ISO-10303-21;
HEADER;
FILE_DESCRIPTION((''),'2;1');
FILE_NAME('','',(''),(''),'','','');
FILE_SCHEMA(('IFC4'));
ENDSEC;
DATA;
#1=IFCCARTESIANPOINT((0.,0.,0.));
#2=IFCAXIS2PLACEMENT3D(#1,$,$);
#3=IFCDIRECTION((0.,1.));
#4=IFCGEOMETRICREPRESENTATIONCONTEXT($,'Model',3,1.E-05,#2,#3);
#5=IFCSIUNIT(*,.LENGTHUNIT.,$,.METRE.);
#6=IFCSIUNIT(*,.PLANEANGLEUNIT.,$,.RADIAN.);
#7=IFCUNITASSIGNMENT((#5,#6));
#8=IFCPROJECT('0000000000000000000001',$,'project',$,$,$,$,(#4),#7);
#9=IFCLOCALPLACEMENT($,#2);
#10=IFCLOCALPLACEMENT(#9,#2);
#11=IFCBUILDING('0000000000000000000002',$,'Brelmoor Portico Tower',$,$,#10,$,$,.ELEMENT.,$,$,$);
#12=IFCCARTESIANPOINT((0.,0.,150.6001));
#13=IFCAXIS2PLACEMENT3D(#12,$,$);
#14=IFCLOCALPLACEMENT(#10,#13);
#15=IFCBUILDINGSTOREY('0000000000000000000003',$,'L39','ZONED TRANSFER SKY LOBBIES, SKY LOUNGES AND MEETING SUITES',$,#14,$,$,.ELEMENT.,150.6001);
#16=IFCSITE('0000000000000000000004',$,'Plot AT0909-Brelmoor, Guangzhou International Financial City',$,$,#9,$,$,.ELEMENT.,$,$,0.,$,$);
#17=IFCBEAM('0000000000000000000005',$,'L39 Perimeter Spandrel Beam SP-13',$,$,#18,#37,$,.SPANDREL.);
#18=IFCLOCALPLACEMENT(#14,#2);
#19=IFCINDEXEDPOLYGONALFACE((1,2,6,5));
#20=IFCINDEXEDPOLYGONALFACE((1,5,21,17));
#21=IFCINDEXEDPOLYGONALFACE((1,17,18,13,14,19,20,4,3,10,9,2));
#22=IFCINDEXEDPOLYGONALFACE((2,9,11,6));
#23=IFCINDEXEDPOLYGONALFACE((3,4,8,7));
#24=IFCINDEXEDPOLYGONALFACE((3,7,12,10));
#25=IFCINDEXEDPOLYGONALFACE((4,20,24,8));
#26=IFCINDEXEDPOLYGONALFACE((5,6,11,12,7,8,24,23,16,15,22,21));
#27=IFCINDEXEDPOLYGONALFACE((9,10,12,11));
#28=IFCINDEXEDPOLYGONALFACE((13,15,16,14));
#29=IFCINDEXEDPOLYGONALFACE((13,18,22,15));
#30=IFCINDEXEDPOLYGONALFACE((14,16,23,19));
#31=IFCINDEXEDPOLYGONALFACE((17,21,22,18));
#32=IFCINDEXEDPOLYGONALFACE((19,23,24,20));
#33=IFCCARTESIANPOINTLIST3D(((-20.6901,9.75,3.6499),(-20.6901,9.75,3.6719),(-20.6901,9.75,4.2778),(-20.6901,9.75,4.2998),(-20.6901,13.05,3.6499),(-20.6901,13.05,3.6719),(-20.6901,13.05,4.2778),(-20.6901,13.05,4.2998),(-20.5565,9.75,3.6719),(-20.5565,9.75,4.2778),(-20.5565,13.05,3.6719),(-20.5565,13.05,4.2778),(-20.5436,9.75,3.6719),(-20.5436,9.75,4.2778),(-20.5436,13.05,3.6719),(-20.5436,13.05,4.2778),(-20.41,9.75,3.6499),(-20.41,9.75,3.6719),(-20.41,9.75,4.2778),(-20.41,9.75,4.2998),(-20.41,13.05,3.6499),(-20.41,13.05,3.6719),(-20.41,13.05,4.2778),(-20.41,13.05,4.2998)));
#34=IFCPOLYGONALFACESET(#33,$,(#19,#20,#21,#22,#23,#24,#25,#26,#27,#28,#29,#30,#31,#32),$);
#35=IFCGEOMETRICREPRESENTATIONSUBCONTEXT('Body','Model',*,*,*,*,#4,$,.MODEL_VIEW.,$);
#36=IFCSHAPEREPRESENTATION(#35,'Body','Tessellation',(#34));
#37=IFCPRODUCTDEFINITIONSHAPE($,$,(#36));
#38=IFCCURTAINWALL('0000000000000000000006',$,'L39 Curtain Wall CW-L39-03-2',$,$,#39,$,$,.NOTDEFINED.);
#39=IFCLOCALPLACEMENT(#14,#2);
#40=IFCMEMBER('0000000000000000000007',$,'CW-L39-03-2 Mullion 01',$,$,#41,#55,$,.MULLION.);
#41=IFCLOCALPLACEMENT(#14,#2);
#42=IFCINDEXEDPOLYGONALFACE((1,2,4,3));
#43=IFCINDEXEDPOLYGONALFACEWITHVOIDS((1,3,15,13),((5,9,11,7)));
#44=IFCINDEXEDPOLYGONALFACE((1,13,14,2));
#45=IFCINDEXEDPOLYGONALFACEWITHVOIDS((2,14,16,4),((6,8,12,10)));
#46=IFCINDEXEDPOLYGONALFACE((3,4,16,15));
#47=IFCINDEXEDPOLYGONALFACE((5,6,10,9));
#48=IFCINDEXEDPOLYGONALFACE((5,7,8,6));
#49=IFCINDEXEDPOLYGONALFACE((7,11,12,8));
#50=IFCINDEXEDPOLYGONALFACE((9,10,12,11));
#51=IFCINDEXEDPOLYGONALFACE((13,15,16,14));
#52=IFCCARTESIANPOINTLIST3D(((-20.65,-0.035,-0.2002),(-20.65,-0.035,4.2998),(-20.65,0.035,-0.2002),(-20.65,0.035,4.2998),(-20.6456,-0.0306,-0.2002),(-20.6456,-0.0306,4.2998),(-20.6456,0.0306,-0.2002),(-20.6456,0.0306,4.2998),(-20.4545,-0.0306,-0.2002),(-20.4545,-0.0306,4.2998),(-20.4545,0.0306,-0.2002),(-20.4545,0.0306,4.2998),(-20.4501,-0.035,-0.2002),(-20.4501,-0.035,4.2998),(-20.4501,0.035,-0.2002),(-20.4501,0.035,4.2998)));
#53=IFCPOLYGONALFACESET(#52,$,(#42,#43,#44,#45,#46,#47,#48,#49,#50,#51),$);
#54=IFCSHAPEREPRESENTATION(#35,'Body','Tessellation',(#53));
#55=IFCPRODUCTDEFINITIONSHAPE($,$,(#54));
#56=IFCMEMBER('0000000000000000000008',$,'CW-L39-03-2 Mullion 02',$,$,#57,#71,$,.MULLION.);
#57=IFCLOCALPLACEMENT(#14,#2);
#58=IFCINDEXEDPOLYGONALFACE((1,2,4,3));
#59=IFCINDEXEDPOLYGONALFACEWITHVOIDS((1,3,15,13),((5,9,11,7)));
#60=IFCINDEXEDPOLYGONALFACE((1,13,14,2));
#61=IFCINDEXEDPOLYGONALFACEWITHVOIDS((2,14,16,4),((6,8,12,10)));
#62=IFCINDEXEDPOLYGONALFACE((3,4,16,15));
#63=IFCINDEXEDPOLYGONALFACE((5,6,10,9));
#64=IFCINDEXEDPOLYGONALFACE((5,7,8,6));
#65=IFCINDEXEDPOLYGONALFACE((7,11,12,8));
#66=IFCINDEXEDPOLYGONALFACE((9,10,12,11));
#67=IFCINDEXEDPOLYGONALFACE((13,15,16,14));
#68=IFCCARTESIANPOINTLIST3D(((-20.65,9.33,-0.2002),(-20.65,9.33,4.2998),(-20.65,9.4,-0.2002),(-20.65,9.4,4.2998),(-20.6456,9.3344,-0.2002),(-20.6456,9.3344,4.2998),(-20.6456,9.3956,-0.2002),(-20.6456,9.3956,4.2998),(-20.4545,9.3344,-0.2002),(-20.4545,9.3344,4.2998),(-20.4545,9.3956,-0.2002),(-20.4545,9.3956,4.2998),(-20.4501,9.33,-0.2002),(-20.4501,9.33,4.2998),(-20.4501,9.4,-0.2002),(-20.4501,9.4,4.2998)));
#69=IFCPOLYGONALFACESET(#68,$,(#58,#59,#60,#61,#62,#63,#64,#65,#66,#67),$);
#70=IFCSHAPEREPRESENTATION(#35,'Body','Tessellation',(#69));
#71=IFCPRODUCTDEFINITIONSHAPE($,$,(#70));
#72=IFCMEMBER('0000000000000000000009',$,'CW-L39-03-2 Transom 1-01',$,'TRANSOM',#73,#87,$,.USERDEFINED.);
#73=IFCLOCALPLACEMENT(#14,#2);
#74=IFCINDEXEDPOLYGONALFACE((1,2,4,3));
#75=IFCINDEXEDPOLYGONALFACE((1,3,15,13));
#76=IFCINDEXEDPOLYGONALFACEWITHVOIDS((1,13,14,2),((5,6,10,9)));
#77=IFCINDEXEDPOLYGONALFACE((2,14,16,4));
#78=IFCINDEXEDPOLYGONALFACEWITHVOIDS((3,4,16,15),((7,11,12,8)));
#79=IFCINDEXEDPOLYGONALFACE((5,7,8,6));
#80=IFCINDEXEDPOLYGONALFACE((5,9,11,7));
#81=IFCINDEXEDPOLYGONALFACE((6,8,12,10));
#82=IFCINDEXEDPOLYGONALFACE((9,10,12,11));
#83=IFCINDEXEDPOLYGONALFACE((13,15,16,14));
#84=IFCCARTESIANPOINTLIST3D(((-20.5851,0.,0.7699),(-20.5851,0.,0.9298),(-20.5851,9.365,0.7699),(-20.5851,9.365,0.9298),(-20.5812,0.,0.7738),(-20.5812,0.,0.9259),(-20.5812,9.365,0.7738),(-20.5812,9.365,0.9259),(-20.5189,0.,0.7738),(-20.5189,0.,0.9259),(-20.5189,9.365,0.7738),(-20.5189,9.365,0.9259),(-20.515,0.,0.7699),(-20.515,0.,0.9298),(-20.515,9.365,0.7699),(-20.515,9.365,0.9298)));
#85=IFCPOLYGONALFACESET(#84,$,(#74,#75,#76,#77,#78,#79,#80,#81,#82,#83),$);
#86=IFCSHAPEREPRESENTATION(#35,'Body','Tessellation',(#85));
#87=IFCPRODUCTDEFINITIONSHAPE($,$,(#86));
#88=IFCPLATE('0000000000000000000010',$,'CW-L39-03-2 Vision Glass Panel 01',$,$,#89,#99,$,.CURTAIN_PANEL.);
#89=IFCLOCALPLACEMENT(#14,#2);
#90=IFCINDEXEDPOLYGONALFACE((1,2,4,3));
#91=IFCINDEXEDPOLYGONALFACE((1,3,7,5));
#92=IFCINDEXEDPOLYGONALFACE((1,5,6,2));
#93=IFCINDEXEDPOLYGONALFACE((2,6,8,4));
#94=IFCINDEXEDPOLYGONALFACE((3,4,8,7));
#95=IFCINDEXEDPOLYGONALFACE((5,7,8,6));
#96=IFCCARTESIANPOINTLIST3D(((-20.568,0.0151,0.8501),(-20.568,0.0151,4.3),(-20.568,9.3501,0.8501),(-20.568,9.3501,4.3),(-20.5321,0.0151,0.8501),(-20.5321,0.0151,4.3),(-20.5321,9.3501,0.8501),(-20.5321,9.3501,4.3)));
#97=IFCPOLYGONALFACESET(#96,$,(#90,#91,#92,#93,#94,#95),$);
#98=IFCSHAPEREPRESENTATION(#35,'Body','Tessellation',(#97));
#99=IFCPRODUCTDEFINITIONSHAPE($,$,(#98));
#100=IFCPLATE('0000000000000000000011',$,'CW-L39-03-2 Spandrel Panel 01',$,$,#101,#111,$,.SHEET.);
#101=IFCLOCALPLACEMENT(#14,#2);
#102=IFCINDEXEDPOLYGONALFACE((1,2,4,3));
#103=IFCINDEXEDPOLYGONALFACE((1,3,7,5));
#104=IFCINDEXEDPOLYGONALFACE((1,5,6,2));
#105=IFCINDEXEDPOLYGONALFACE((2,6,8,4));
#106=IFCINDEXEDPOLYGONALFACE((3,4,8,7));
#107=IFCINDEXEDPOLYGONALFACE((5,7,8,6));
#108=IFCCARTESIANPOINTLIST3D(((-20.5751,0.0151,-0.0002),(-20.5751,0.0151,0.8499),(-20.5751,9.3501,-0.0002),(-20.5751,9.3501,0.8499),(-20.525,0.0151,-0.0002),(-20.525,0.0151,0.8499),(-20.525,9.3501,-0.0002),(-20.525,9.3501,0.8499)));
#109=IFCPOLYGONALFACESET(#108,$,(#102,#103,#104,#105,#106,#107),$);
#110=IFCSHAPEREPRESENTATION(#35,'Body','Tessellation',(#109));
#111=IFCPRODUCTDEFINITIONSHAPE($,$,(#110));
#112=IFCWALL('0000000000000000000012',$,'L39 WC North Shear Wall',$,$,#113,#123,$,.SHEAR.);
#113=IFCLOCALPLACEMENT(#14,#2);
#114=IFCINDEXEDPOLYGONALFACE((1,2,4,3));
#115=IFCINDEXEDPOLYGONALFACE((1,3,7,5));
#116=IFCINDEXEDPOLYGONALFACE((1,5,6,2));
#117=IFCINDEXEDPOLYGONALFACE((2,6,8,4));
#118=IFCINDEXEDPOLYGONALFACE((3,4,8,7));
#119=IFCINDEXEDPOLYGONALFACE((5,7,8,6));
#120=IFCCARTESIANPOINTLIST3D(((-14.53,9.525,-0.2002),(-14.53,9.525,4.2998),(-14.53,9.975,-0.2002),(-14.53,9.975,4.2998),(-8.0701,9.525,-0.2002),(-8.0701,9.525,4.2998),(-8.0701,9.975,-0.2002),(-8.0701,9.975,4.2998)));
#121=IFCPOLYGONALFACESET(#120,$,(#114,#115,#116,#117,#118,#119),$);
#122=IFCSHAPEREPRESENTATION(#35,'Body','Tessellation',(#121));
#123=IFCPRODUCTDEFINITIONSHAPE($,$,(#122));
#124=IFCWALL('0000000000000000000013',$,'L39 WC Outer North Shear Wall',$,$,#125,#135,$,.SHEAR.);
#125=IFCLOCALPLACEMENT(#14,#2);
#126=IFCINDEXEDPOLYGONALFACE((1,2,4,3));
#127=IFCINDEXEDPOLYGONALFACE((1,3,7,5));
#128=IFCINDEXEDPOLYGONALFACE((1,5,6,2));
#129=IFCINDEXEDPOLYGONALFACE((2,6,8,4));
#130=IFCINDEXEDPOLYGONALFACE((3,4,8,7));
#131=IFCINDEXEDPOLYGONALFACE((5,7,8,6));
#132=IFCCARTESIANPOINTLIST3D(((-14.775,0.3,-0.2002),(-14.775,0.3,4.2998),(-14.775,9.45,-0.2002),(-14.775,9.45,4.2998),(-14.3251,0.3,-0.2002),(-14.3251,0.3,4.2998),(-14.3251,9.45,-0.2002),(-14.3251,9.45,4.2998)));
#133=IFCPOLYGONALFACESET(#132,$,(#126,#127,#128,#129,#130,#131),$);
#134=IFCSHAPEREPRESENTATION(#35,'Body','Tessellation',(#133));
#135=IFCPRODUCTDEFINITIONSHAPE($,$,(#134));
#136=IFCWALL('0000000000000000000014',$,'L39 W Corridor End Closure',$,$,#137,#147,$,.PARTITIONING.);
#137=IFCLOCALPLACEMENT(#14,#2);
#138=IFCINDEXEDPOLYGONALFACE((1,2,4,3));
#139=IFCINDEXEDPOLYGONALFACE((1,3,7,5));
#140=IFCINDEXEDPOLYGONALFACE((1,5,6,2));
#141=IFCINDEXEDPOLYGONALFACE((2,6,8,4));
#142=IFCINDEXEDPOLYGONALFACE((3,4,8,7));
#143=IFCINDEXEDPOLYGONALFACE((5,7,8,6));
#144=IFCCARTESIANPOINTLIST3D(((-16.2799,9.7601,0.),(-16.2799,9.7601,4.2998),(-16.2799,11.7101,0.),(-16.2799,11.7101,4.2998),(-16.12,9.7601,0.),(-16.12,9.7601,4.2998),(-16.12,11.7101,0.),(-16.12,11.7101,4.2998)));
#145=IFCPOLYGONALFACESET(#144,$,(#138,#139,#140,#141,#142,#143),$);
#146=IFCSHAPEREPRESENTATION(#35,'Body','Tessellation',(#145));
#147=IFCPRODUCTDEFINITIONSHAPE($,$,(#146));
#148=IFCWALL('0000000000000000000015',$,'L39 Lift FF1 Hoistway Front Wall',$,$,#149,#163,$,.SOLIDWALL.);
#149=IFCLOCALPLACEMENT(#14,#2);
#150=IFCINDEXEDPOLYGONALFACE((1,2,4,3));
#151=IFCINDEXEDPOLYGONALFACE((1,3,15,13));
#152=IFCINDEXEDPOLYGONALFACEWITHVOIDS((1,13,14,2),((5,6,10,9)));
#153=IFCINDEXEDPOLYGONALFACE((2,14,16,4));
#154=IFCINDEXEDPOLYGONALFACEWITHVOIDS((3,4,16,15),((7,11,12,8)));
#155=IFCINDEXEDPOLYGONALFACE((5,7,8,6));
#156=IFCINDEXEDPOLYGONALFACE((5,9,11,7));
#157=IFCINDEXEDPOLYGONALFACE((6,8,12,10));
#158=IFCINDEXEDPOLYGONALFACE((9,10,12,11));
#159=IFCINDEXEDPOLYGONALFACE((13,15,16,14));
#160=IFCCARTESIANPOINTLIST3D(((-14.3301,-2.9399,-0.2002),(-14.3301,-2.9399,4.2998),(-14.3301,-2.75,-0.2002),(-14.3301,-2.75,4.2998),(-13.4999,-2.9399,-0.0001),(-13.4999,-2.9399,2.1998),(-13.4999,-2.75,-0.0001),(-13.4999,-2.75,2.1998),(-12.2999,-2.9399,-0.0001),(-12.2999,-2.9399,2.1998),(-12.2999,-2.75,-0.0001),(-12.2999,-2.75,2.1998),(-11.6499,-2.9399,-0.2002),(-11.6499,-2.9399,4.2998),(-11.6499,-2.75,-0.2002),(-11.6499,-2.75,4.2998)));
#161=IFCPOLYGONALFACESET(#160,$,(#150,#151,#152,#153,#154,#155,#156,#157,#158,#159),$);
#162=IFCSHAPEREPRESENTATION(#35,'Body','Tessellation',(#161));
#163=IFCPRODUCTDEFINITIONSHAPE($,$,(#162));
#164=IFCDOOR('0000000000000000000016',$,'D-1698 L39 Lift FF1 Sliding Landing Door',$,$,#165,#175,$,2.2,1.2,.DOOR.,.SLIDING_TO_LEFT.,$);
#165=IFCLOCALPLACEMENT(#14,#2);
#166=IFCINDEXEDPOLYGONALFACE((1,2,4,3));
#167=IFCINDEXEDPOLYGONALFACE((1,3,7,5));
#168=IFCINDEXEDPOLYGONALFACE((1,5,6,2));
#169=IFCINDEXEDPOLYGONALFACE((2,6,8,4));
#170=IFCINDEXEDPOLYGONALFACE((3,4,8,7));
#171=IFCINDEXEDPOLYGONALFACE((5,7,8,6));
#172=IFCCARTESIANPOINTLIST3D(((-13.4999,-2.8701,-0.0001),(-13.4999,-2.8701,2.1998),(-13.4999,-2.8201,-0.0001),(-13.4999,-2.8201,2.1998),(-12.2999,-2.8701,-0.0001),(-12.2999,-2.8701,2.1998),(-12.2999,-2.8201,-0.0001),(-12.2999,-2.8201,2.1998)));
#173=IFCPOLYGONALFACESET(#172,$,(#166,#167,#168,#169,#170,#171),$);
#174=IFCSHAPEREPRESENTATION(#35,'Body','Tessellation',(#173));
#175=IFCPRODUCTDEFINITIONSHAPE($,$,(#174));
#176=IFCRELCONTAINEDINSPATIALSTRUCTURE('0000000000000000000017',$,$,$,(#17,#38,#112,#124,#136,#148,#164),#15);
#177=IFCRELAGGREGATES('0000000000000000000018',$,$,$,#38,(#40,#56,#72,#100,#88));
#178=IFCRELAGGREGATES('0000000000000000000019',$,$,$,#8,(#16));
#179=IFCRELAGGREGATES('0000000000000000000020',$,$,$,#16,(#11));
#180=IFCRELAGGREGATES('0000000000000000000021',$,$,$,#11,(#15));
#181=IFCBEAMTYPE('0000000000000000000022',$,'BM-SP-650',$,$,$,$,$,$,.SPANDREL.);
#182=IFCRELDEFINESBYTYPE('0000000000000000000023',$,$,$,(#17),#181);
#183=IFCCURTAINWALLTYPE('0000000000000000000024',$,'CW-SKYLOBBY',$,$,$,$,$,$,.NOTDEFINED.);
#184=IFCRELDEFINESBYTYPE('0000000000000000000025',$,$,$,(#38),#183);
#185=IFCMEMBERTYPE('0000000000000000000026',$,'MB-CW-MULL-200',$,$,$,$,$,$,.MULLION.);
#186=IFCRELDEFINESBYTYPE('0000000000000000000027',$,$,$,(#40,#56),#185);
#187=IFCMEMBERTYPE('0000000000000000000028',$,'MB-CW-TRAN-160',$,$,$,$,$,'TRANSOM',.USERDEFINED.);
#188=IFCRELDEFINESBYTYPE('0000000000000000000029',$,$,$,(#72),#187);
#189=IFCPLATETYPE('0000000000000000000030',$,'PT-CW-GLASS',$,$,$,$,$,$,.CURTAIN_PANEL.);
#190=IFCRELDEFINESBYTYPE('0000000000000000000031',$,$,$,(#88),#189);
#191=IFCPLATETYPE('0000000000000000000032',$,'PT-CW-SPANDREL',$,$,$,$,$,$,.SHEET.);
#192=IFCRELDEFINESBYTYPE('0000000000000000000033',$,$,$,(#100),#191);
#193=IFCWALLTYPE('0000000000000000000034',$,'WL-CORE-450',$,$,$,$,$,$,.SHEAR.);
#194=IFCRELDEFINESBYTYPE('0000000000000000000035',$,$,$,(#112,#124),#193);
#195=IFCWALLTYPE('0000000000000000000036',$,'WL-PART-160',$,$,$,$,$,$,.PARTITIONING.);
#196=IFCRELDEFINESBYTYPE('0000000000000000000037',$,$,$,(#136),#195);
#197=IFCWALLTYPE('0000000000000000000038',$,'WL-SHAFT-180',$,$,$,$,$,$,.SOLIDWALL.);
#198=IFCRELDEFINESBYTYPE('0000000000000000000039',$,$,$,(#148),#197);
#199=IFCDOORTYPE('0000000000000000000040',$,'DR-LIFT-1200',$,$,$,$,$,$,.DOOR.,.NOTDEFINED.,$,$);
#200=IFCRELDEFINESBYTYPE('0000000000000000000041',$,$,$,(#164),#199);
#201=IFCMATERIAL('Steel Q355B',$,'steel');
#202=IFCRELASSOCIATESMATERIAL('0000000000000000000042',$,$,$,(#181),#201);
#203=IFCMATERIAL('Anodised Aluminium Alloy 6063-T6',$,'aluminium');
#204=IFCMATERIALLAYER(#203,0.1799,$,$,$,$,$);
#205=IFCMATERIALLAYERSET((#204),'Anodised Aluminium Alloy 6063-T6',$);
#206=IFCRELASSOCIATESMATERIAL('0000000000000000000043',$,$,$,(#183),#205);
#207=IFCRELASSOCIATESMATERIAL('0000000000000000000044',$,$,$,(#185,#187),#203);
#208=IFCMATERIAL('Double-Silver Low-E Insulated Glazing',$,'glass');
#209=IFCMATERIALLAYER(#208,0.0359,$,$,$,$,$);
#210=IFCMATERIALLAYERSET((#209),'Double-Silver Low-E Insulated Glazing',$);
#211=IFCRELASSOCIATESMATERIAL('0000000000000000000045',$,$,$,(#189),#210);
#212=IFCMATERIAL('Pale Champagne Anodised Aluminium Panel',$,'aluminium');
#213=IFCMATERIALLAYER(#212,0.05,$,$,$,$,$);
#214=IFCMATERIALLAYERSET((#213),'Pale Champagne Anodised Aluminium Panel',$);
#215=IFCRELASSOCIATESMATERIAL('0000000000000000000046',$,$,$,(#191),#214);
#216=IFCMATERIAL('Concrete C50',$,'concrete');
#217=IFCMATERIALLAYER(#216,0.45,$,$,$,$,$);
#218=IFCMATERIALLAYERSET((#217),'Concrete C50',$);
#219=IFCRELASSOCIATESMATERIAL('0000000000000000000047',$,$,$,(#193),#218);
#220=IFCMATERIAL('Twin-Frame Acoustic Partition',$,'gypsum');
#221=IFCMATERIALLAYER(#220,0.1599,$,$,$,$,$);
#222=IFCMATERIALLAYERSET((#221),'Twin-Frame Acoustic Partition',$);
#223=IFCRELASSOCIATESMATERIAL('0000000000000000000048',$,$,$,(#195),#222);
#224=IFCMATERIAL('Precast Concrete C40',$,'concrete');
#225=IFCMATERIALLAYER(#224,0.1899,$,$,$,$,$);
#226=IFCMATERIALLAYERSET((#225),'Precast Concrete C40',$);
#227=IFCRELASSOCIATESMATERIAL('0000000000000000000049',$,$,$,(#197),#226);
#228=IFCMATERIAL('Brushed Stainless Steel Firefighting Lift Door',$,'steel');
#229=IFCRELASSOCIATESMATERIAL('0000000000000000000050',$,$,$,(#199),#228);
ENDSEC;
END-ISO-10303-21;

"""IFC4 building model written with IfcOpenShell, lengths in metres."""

from ifc_helpers import new_model, si_unit, direction, frame, frame_2d, origin, origin_2d, place, context, subcontext, project, spatial, rectangle, hollow_rectangle, i_section, extrude, material, layer, layer_set, material_profile, profile_set, type_object, element, fill, aggregate, save


model = new_model("IFC4")

# Units and contexts
model_context = context("Model", 3, precision=1e-05, world=origin(), true_north=direction((0.0, 1.0)))
body_context = subcontext(model_context, "Body", "Model", "MODEL_VIEW")
ifc_project = project(units=[si_unit("LENGTHUNIT", "METRE"), si_unit("PLANEANGLEUNIT", "RADIAN")], contexts=[model_context])

# Site, building, storey
site_placement = place(None, origin())
site = spatial("IfcSite", under=ifc_project, at=site_placement, Name="Plot AT0909-Brelmoor, Guangzhou International Financial City", CompositionType="ELEMENT", RefElevation=0.0)
building_placement = place(site_placement, origin())
building = spatial("IfcBuilding", under=site, at=building_placement, Name="Brelmoor Portico Tower", CompositionType="ELEMENT")
storey_placement = place(building_placement, frame((0.0, 0.0, 150.6001)))
storey = spatial("IfcBuildingStorey", under=building, at=storey_placement, Name="L39", Description="ZONED TRANSFER SKY LOBBIES, SKY LOUNGES AND MEETING SUITES", CompositionType="ELEMENT", Elevation=150.6001)

# Shared definitions
ifc_material_1 = material(Name="Steel Q355B", Category="steel")

# Beam
ifc_material_profile_1 = material_profile(ifc_material_1, i_section(OverallWidth=0.28, OverallDepth=0.6499, WebThickness=0.0129, FlangeThickness=0.022, at=origin_2d()), Name="HN 650x280x13x22")
ifc_profile_set_1 = profile_set([ifc_material_profile_1], Name="Steel Q355B")
beam_type_1 = type_object("IfcBeamType", Name="BM-SP-650", PredefinedType="SPANDREL", material=ifc_profile_set_1)
beam_1_placement = place(storey_placement, frame((-20.55, 9.75, 3.9749), z_axis=(0.0, 1.0, 0.0), x_axis=(-1.0, 0.0, 0.0)))
element("IfcBeam", 1, at=beam_1_placement, inside=storey, type_object=beam_type_1, Name="L39 Perimeter Spandrel Beam SP-13", PredefinedType="SPANDREL", context=body_context, shape_type="SweptSolid", body=[
    extrude(i_section(OverallWidth=0.28, OverallDepth=0.6499, WebThickness=0.0129, FlangeThickness=0.022, at=origin_2d()), origin(), (0.0, 0.0, 1.0), 3.3),
])

# Curtain wall, members, plates
ifc_material_2 = material(Name="Anodised Aluminium Alloy 6063-T6", Category="aluminium")
ifc_layer_1 = layer(ifc_material_2, 0.1799)
ifc_layer_set_1 = layer_set([ifc_layer_1], Name="Anodised Aluminium Alloy 6063-T6")
curtain_wall_type = type_object("IfcCurtainWallType", Name="CW-SKYLOBBY", PredefinedType="NOTDEFINED", material=ifc_layer_set_1)
curtain_wall_placement = place(storey_placement, origin())
curtain_wall = element("IfcCurtainWall", 2, at=curtain_wall_placement, inside=storey, type_object=curtain_wall_type, Name="L39 Curtain Wall CW-L39-03-2", PredefinedType="NOTDEFINED")
ifc_material_profile_2 = material_profile(ifc_material_2, hollow_rectangle(XDim=0.0701, YDim=0.2, WallThickness=0.0044, at=origin_2d()), Name="ALU MULLION 70x200")
ifc_profile_set_2 = profile_set([ifc_material_profile_2], Name="Anodised Aluminium Alloy 6063-T6")
member_type_1 = type_object("IfcMemberType", Name="MB-CW-MULL-200", PredefinedType="MULLION", material=ifc_profile_set_2)
member_1_placement = place(storey_placement, frame((-20.55, 0.0, -0.2002), z_axis=(0.0, 0.0, 1.0), x_axis=(0.0, 1.0, 0.0)))
member_1 = element("IfcMember", 3, at=member_1_placement, type_object=member_type_1, Name="CW-L39-03-2 Mullion 01", PredefinedType="MULLION", context=body_context, shape_type="SweptSolid", body=[
    extrude(hollow_rectangle(XDim=0.0701, YDim=0.2, WallThickness=0.0044, at=origin_2d()), origin(), (0.0, 0.0, 1.0), 4.5),
])
member_2_placement = place(storey_placement, frame((-20.55, 9.365, -0.2002), z_axis=(0.0, 0.0, 1.0), x_axis=(0.0, 1.0, 0.0)))
member_2 = element("IfcMember", 4, at=member_2_placement, type_object=member_type_1, Name="CW-L39-03-2 Mullion 02", PredefinedType="MULLION", context=body_context, shape_type="SweptSolid", body=[
    extrude(hollow_rectangle(XDim=0.0701, YDim=0.2, WallThickness=0.0044, at=origin_2d()), origin(), (0.0, 0.0, 1.0), 4.5),
])
ifc_material_profile_3 = material_profile(ifc_material_2, hollow_rectangle(XDim=0.0701, YDim=0.1599, WallThickness=0.0039, at=origin_2d()), Name="ALU TRANSOM 70x160")
ifc_profile_set_3 = profile_set([ifc_material_profile_3], Name="Anodised Aluminium Alloy 6063-T6")
member_type_2 = type_object("IfcMemberType", Name="MB-CW-TRAN-160", ElementType="TRANSOM", PredefinedType="USERDEFINED", material=ifc_profile_set_3)
member_3_placement = place(storey_placement, frame((-20.55, 0.0, 0.8499), z_axis=(0.0, 1.0, 0.0), x_axis=(-1.0, 0.0, 0.0)))
member_3 = element("IfcMember", 5, at=member_3_placement, type_object=member_type_2, Name="CW-L39-03-2 Transom 1-01", ObjectType="TRANSOM", PredefinedType="USERDEFINED", context=body_context, shape_type="SweptSolid", body=[
    extrude(hollow_rectangle(XDim=0.0701, YDim=0.1599, WallThickness=0.0039, at=origin_2d()), origin(), (0.0, 0.0, 1.0), 9.365),
])
ifc_material_3 = material(Name="Double-Silver Low-E Insulated Glazing", Category="glass")
ifc_layer_2 = layer(ifc_material_3, 0.0359)
ifc_layer_set_2 = layer_set([ifc_layer_2], Name="Double-Silver Low-E Insulated Glazing")
plate_type_1 = type_object("IfcPlateType", Name="PT-CW-GLASS", PredefinedType="CURTAIN_PANEL", material=ifc_layer_set_2)
plate_1_placement = place(storey_placement, frame((-20.55, 4.6826, 0.8501), z_axis=(0.0, 0.0, 1.0), x_axis=(0.0, 1.0, 0.0)))
plate_1 = element("IfcPlate", 6, at=plate_1_placement, type_object=plate_type_1, Name="CW-L39-03-2 Vision Glass Panel 01", PredefinedType="CURTAIN_PANEL", context=body_context, shape_type="SweptSolid", body=[
    extrude(rectangle(XDim=9.335, YDim=0.0359, at=origin_2d()), origin(), (0.0, 0.0, 1.0), 3.45),
])
ifc_material_4 = material(Name="Pale Champagne Anodised Aluminium Panel", Category="aluminium")
ifc_layer_3 = layer(ifc_material_4, 0.05)
ifc_layer_set_3 = layer_set([ifc_layer_3], Name="Pale Champagne Anodised Aluminium Panel")
plate_type_2 = type_object("IfcPlateType", Name="PT-CW-SPANDREL", PredefinedType="SHEET", material=ifc_layer_set_3)
plate_2_placement = place(storey_placement, frame((-20.55, 4.6826, -0.0002), z_axis=(0.0, 0.0, 1.0), x_axis=(0.0, 1.0, 0.0)))
plate_2 = element("IfcPlate", 7, at=plate_2_placement, type_object=plate_type_2, Name="CW-L39-03-2 Spandrel Panel 01", PredefinedType="SHEET", context=body_context, shape_type="SweptSolid", body=[
    extrude(rectangle(XDim=9.335, YDim=0.05, at=origin_2d()), origin(), (0.0, 0.0, 1.0), 0.8501),
])
aggregate(curtain_wall, [member_1, member_2, member_3, plate_2, plate_1])

# Walls
ifc_material_5 = material(Name="Concrete C50", Category="concrete")
ifc_layer_4 = layer(ifc_material_5, 0.45)
ifc_layer_set_4 = layer_set([ifc_layer_4], Name="Concrete C50")
wall_type_1 = type_object("IfcWallType", Name="WL-CORE-450", PredefinedType="SHEAR", material=ifc_layer_set_4)
wall_1_placement = place(storey_placement, frame((-14.53, 9.75, -0.2002), z_axis=(0.0, 0.0, 1.0), x_axis=(1.0, 0.0, 0.0)))
element("IfcWall", 8, at=wall_1_placement, inside=storey, type_object=wall_type_1, Name="L39 WC North Shear Wall", PredefinedType="SHEAR", context=body_context, shape_type="SweptSolid", body=[
    extrude(rectangle(XDim=6.46, YDim=0.45, at=frame_2d((3.23, 0.0))), origin(), (0.0, 0.0, 1.0), 4.5),
])
wall_2_placement = place(storey_placement, frame((-14.55, 0.3, -0.2002), z_axis=(0.0, 0.0, 1.0), x_axis=(0.0, 1.0, 0.0)))
element("IfcWall", 9, at=wall_2_placement, inside=storey, type_object=wall_type_1, Name="L39 WC Outer North Shear Wall", PredefinedType="SHEAR", context=body_context, shape_type="SweptSolid", body=[
    extrude(rectangle(XDim=9.1499, YDim=0.45, at=frame_2d((4.575, 0.0))), origin(), (0.0, 0.0, 1.0), 4.5),
])

# Shared definitions
ifc_material_6 = material(Name="Twin-Frame Acoustic Partition", Category="gypsum")
ifc_layer_5 = layer(ifc_material_6, 0.1599)
ifc_layer_set_5 = layer_set([ifc_layer_5], Name="Twin-Frame Acoustic Partition")
wall_type_2 = type_object("IfcWallType", Name="WL-PART-160", PredefinedType="PARTITIONING", material=ifc_layer_set_5)

# Wall
wall_3_placement = place(storey_placement, frame((-16.2, 9.76, 0.0), z_axis=(0.0, 0.0, 1.0), x_axis=(0.0, 1.0, 0.0)))
element("IfcWall", 10, at=wall_3_placement, inside=storey, type_object=wall_type_2, Name="L39 W Corridor End Closure", PredefinedType="PARTITIONING", context=body_context, shape_type="SweptSolid", body=[
    extrude(rectangle(XDim=1.95, YDim=0.1599, at=frame_2d((0.9751, 0.0))), origin(), (0.0, 0.0, 1.0), 4.2998),
])

# Wall, opening, door
ifc_material_7 = material(Name="Precast Concrete C40", Category="concrete")
ifc_layer_6 = layer(ifc_material_7, 0.1899)
ifc_layer_set_6 = layer_set([ifc_layer_6], Name="Precast Concrete C40")
wall_type_3 = type_object("IfcWallType", Name="WL-SHAFT-180", PredefinedType="SOLIDWALL", material=ifc_layer_set_6)
wall_4_placement = place(storey_placement, frame((-14.3301, -2.845, -0.2002), z_axis=(0.0, 0.0, 1.0), x_axis=(1.0, 0.0, 0.0)))
wall_4 = element("IfcWall", 11, at=wall_4_placement, inside=storey, type_object=wall_type_3, Name="L39 Lift FF1 Hoistway Front Wall", PredefinedType="SOLIDWALL", context=body_context, shape_type="SweptSolid", body=[
    extrude(rectangle(XDim=2.6802, YDim=0.1899, at=frame_2d((1.3401, 0.0))), origin(), (0.0, 0.0, 1.0), 4.5),
])
opening_1_placement = place(wall_4_placement, frame((0.8301, 0.0, 0.2)))
opening_1 = element("IfcOpeningElement", 12, at=opening_1_placement, cuts=wall_4, PredefinedType="OPENING", context=body_context, shape_type="SweptSolid", body=[
    extrude(rectangle(XDim=1.2, YDim=2.2, at=frame_2d((0.6001, 1.1001))), frame((0.0, 0.105, 0.0), z_axis=(0.0, -1.0, 0.0), x_axis=(1.0, 0.0, 0.0)), (0.0, 0.0, 1.0), 0.21),
])
ifc_material_8 = material(Name="Brushed Stainless Steel Firefighting Lift Door", Category="steel")
door_type_1 = type_object("IfcDoorType", Name="DR-LIFT-1200", OperationType="NOTDEFINED", PredefinedType="DOOR", material=ifc_material_8)
door_1_placement = place(opening_1_placement, origin())
door_1 = element("IfcDoor", 13, at=door_1_placement, inside=storey, type_object=door_type_1, Name="D-1698 L39 Lift FF1 Sliding Landing Door", OperationType="SLIDING_TO_LEFT", OverallHeight=2.2, OverallWidth=1.2, PredefinedType="DOOR", context=body_context, shape_type="SweptSolid", body=[
    extrude(rectangle(XDim=1.2, YDim=2.2, at=frame_2d((0.6001, 1.1001))), frame((0.0, 0.0249, 0.0), z_axis=(0.0, -1.0, 0.0), x_axis=(1.0, 0.0, 0.0)), (0.0, 0.0, 1.0), 0.05),
])
fill(opening_1, door_1)

save(model, "model.ifc")
